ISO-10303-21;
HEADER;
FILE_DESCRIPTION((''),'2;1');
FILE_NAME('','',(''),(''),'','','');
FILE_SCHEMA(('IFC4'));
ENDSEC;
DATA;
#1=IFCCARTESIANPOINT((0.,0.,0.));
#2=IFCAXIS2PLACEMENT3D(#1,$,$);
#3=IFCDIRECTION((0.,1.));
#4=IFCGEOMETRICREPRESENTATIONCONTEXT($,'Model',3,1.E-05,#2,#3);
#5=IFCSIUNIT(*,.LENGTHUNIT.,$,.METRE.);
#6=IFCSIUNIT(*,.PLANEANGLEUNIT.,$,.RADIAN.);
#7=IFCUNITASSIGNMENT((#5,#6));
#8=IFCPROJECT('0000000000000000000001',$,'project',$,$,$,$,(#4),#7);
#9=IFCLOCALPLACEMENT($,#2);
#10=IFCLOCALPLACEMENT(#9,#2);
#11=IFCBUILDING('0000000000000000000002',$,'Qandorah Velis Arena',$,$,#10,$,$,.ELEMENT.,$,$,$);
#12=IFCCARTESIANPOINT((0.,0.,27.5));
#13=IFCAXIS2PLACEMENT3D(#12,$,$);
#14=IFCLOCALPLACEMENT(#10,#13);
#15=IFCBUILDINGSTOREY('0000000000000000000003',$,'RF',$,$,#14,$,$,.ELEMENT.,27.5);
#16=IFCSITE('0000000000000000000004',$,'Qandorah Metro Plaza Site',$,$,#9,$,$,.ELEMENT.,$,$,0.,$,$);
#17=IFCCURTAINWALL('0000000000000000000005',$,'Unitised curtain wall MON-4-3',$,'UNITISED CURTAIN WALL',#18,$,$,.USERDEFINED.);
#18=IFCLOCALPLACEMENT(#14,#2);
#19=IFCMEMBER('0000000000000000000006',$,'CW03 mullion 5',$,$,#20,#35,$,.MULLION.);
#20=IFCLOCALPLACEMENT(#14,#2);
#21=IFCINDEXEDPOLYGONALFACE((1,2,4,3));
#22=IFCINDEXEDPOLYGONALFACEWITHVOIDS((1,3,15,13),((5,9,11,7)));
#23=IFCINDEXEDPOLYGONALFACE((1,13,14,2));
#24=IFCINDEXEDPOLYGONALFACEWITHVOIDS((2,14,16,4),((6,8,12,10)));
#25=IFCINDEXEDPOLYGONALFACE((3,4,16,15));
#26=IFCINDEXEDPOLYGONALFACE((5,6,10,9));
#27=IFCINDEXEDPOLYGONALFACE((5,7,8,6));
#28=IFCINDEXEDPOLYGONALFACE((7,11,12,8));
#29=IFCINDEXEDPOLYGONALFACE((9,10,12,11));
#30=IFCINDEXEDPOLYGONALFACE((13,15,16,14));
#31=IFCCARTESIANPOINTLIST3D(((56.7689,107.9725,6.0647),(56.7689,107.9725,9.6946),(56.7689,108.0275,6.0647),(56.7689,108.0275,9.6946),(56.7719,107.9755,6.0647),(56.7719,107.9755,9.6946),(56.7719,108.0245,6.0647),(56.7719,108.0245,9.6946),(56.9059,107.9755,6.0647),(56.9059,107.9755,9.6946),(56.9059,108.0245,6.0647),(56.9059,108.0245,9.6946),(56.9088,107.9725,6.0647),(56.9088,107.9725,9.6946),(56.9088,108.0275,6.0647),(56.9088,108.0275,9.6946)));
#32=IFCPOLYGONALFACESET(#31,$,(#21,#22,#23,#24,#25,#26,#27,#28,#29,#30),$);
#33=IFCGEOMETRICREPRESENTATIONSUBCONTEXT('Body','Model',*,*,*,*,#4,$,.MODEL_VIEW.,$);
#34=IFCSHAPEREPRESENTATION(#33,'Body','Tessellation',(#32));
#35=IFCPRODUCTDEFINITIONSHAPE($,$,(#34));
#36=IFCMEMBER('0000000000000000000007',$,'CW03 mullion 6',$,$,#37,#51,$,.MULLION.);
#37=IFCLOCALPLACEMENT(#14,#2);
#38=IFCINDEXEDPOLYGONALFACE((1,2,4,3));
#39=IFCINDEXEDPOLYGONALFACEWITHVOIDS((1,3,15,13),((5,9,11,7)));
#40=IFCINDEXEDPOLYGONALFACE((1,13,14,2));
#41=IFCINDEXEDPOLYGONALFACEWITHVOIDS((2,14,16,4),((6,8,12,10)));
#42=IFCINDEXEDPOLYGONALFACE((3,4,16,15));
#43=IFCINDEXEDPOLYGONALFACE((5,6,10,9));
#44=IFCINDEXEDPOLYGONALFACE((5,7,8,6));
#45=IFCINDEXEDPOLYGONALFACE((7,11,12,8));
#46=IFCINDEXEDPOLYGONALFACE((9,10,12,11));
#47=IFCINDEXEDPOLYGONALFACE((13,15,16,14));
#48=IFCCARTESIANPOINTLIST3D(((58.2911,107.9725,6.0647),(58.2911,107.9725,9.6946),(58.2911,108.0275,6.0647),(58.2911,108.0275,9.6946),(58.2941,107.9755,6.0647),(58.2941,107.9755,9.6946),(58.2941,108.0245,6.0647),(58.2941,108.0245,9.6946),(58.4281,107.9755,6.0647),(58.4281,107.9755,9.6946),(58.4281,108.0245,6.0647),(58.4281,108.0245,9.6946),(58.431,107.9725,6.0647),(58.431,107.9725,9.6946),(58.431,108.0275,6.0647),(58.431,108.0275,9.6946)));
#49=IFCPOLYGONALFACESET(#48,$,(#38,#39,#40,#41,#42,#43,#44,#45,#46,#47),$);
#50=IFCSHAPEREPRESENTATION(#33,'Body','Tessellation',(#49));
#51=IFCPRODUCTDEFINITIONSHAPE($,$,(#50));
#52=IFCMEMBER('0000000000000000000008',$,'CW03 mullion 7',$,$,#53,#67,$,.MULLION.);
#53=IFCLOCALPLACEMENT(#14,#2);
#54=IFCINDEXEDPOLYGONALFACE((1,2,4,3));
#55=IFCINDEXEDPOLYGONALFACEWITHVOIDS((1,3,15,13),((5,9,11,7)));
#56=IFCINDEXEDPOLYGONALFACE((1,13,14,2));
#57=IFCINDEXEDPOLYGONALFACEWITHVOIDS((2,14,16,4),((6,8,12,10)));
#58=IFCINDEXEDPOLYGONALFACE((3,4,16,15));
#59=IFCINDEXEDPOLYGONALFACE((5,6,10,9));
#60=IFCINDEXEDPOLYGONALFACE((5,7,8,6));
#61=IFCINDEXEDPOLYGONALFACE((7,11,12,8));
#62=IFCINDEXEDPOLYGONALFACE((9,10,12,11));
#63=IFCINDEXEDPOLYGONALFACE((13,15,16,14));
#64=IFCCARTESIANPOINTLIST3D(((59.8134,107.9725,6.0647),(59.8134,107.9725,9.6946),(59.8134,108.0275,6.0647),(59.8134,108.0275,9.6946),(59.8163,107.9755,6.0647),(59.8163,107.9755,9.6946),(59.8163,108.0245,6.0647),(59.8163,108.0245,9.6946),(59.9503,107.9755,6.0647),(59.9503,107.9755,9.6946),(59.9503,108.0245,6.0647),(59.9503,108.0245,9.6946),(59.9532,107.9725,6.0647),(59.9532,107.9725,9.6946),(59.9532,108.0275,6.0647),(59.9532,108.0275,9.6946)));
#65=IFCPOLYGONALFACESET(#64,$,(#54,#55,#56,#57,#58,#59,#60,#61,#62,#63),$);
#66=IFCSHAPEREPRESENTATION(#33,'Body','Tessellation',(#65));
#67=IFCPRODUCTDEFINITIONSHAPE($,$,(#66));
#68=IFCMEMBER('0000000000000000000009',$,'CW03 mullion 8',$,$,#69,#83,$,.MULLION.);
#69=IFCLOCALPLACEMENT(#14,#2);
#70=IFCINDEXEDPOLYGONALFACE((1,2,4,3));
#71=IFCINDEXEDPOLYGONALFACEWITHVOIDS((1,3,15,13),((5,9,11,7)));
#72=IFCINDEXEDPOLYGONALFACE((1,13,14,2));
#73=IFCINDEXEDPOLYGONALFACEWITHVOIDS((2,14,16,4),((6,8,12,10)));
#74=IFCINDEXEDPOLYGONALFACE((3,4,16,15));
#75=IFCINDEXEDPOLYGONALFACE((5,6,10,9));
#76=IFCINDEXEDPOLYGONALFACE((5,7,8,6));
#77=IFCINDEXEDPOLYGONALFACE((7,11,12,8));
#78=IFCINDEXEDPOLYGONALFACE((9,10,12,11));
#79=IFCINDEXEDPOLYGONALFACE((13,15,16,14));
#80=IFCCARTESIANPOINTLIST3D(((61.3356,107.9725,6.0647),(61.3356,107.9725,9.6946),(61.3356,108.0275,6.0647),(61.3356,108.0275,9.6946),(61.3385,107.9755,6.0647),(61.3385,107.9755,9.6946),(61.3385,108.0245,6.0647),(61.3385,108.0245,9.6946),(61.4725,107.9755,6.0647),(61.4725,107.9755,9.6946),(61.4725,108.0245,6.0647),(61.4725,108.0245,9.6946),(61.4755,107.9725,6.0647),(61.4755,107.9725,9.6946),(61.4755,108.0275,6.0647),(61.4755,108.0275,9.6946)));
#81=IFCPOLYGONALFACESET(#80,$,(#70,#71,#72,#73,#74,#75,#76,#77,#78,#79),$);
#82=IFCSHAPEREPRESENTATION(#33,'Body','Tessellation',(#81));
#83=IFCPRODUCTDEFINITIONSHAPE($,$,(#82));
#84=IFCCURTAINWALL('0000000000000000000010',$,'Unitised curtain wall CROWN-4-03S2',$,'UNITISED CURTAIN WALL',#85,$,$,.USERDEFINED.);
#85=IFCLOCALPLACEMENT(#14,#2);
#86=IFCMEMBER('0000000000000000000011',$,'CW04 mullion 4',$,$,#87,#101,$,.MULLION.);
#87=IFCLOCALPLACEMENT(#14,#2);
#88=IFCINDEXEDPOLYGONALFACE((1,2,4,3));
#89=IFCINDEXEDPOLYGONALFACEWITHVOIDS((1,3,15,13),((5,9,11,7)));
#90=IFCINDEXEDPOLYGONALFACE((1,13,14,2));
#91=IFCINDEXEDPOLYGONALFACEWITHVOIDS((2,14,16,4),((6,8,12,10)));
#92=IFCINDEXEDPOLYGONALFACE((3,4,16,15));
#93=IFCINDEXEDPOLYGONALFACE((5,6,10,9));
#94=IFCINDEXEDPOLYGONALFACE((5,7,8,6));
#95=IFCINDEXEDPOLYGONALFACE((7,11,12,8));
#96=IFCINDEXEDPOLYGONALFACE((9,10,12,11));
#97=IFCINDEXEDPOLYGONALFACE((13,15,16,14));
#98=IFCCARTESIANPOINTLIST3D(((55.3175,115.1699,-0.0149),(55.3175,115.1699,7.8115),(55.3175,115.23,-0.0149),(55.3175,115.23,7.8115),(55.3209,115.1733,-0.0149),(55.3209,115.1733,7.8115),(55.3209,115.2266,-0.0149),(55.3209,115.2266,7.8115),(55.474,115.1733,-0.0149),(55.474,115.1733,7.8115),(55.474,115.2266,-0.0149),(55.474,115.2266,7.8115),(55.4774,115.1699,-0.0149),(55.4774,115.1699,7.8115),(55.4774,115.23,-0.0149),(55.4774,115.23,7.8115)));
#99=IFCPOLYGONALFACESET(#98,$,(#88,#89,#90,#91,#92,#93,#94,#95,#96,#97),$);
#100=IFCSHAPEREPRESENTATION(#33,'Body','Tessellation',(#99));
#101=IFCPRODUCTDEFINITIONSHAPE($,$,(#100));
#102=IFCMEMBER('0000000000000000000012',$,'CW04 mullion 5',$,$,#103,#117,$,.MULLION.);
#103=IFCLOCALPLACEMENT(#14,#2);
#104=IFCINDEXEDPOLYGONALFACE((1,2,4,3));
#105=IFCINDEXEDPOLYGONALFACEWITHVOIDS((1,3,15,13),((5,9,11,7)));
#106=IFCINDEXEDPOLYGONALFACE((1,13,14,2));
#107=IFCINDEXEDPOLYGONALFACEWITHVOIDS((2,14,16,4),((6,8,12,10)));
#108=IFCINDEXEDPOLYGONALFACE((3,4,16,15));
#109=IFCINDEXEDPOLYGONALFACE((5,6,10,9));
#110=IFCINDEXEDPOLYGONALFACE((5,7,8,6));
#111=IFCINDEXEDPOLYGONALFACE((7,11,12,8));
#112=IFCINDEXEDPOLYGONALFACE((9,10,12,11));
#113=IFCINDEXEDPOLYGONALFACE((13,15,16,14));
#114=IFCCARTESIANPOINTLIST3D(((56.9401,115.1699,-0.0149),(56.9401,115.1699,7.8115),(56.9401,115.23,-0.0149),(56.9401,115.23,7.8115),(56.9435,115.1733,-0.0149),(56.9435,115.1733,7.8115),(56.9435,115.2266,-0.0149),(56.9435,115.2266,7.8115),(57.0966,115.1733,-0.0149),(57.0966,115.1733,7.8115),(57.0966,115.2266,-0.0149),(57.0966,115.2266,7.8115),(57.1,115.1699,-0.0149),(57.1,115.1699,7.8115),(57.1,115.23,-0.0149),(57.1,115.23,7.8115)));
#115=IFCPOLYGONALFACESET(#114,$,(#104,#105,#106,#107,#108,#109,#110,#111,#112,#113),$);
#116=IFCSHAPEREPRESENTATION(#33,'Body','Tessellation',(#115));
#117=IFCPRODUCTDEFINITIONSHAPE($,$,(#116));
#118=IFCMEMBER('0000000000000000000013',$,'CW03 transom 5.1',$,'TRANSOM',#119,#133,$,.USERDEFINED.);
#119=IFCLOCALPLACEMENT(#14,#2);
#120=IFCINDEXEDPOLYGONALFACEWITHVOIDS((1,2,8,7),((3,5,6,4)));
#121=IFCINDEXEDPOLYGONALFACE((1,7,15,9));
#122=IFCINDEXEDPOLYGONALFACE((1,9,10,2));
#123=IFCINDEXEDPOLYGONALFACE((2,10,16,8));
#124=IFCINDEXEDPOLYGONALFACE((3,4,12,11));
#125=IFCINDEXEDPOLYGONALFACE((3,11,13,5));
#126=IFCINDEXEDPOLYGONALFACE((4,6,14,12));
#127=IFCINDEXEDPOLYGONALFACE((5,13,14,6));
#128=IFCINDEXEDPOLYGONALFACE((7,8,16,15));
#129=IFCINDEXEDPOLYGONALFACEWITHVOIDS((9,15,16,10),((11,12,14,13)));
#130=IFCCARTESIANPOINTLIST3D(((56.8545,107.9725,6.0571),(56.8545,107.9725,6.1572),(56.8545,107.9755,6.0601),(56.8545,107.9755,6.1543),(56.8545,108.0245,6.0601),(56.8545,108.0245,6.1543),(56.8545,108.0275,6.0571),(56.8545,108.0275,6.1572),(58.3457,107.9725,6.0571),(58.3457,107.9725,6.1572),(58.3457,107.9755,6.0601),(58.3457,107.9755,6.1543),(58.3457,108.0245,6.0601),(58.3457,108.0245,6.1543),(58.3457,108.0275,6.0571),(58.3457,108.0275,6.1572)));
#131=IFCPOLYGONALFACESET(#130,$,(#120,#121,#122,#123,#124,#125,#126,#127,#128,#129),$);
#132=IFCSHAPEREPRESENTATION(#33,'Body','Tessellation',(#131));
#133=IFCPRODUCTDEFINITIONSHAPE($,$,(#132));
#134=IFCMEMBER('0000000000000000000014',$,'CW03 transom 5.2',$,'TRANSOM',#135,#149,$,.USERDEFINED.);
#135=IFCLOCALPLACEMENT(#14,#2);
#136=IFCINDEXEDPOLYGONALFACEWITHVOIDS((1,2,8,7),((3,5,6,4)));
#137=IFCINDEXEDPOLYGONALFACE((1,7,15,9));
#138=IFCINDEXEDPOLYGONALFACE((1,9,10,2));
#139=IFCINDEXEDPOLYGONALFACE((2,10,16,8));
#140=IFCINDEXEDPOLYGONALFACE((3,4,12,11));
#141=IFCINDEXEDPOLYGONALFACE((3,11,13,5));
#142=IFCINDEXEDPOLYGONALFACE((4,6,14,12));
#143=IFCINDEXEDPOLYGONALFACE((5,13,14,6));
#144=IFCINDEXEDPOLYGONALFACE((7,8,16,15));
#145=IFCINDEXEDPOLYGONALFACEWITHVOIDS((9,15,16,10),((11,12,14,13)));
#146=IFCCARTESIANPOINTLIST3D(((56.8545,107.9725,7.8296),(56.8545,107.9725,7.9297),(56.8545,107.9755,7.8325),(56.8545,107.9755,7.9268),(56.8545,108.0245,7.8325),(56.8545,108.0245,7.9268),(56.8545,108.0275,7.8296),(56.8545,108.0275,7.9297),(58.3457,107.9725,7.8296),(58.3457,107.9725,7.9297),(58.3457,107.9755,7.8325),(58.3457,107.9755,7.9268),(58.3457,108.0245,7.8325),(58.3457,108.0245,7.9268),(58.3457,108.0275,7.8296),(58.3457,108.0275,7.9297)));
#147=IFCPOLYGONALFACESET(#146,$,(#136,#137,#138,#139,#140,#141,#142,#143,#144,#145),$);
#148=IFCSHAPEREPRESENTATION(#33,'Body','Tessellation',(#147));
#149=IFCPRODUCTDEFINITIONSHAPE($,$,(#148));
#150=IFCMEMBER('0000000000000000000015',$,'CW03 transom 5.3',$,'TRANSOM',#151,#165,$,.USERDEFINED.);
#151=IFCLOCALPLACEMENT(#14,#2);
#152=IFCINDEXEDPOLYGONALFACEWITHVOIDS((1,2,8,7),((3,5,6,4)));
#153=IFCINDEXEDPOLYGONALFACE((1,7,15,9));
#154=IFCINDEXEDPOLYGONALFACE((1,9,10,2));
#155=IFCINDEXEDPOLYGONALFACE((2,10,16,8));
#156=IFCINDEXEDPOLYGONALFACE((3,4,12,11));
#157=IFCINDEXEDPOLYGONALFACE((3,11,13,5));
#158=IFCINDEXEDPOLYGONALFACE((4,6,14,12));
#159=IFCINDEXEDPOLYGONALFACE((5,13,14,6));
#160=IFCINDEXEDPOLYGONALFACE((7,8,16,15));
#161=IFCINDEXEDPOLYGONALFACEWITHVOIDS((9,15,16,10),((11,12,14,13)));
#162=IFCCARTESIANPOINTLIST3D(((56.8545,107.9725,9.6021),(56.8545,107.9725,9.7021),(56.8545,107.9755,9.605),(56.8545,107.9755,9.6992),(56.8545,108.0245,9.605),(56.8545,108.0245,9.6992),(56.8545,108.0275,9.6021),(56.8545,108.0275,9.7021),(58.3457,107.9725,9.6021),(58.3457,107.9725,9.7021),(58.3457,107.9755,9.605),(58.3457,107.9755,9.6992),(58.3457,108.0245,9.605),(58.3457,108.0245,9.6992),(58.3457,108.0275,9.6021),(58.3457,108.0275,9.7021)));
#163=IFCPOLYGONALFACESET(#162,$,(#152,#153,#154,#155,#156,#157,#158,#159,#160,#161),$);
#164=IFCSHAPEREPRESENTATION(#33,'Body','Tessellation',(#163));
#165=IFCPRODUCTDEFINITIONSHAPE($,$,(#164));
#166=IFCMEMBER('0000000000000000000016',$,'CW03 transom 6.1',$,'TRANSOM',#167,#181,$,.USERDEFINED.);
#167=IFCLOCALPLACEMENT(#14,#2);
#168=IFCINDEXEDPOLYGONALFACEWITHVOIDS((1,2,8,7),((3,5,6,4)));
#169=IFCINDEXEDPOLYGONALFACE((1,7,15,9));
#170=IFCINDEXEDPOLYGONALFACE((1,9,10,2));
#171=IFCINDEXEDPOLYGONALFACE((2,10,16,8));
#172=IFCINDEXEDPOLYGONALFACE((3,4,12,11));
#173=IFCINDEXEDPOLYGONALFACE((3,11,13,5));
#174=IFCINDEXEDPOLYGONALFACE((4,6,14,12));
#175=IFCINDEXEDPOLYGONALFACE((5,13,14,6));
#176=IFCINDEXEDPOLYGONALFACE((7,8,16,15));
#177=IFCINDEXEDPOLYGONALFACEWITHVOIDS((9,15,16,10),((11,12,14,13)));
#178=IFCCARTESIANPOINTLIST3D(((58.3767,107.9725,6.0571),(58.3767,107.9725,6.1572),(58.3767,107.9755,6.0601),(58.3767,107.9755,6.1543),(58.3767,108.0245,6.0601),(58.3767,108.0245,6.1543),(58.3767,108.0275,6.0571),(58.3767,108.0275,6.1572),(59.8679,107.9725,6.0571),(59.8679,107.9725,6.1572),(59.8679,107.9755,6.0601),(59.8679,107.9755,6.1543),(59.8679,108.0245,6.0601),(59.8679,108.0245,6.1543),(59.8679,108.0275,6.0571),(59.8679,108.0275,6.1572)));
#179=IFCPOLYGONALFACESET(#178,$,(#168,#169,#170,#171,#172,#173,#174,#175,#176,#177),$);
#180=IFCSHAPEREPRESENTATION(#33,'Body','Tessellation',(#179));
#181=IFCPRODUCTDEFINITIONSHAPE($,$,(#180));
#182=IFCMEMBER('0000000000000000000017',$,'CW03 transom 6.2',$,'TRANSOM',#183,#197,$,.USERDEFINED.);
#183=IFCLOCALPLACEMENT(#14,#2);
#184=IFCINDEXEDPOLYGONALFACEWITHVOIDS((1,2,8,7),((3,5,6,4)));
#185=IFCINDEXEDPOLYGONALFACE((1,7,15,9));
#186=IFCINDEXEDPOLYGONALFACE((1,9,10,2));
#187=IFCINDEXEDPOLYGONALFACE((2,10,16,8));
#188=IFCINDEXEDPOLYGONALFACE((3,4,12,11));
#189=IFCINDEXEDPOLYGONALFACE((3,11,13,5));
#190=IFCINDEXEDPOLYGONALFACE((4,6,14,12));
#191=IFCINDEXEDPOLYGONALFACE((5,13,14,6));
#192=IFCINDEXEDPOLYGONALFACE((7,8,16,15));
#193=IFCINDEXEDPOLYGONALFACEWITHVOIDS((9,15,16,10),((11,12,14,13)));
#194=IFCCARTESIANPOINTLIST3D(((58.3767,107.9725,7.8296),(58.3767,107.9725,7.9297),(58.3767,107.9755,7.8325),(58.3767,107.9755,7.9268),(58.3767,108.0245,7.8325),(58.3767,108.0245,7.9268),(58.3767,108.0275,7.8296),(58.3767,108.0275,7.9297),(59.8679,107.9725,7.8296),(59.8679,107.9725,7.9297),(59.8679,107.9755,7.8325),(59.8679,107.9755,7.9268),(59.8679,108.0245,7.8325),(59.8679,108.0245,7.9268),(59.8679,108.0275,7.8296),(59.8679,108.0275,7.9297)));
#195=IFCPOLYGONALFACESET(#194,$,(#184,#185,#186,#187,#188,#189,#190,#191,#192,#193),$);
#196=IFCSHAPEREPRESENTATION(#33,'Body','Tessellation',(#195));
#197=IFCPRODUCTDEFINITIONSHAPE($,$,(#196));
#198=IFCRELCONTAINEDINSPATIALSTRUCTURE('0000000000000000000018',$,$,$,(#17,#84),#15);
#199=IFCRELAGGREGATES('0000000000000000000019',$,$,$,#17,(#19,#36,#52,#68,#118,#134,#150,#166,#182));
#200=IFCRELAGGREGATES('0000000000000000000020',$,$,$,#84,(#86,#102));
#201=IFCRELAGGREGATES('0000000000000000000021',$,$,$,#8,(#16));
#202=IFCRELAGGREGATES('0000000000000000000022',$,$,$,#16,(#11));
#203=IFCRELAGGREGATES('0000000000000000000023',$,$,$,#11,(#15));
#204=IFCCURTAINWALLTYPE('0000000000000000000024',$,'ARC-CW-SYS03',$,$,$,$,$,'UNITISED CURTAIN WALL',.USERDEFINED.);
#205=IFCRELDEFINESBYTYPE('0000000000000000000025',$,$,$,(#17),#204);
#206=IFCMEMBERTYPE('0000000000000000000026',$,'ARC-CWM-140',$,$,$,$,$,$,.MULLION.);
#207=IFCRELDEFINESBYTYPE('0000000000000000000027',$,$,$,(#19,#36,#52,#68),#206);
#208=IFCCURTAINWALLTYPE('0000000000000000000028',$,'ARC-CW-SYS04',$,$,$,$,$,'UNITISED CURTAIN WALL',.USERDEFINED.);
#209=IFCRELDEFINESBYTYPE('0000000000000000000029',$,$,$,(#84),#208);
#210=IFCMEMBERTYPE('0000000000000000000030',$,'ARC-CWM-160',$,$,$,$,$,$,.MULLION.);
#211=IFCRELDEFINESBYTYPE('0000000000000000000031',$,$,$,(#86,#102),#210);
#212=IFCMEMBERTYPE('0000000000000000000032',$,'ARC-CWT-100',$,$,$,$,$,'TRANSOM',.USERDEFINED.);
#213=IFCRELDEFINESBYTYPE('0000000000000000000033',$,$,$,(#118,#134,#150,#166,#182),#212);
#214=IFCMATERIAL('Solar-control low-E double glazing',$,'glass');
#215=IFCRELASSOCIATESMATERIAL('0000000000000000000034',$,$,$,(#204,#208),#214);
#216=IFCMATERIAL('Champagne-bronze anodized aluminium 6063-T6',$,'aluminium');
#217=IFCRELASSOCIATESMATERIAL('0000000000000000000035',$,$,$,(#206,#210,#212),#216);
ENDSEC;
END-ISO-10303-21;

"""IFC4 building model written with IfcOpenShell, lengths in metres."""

from ifc_helpers import new_model, si_unit, direction, frame, origin, origin_2d, place, context, subcontext, project, spatial, hollow_rectangle, extrude, material, material_profile, profile_set, type_object, element, aggregate, save


model = new_model("IFC4")

# Units and contexts
model_context = context("Model", 3, precision=1e-05, world=origin(), true_north=direction((0.0, 1.0)))
body_context = subcontext(model_context, "Body", "Model", "MODEL_VIEW")
ifc_project = project(units=[si_unit("LENGTHUNIT", "METRE"), si_unit("PLANEANGLEUNIT", "RADIAN")], contexts=[model_context])

# Site, building, storey
site_placement = place(None, origin())
site = spatial("IfcSite", under=ifc_project, at=site_placement, Name="Qandorah Metro Plaza Site", CompositionType="ELEMENT", RefElevation=0.0)
building_placement = place(site_placement, origin())
building = spatial("IfcBuilding", under=site, at=building_placement, Name="Qandorah Velis Arena", CompositionType="ELEMENT")
storey_placement = place(building_placement, frame((0.0, 0.0, 27.5)))
storey = spatial("IfcBuildingStorey", under=building, at=storey_placement, Name="RF", CompositionType="ELEMENT", Elevation=27.5)

# Curtain walls, members
ifc_material_1 = material(Name="Solar-control low-E double glazing", Category="glass")
curtain_wall_type_1 = type_object("IfcCurtainWallType", Name="ARC-CW-SYS03", ElementType="UNITISED CURTAIN WALL", PredefinedType="USERDEFINED", material=ifc_material_1)
curtain_wall_1_placement = place(storey_placement, origin())
curtain_wall_1 = element("IfcCurtainWall", 1, at=curtain_wall_1_placement, inside=storey, type_object=curtain_wall_type_1, Name="Unitised curtain wall MON-4-3", ObjectType="UNITISED CURTAIN WALL", PredefinedType="USERDEFINED")
ifc_material_2 = material(Name="Champagne-bronze anodized aluminium 6063-T6", Category="aluminium")
ifc_material_profile_1 = material_profile(ifc_material_2, hollow_rectangle(XDim=0.0549, YDim=0.1399, WallThickness=0.0029, at=origin_2d()), Name="ALU MULLION 55x140")
ifc_profile_set_1 = profile_set([ifc_material_profile_1], Name="Champagne-bronze anodized aluminium 6063-T6")
member_type_1 = type_object("IfcMemberType", Name="ARC-CWM-140", PredefinedType="MULLION", material=ifc_profile_set_1)
member_1_placement = place(storey_placement, frame((56.8389, 108.0, 6.0647), z_axis=(0.0, 0.0, 1.0), x_axis=(0.0, 1.0, 0.0)))
member_1 = element("IfcMember", 2, at=member_1_placement, type_object=member_type_1, Name="CW03 mullion 5", PredefinedType="MULLION", context=body_context, shape_type="SweptSolid", body=[
    extrude(hollow_rectangle(XDim=0.0549, YDim=0.1399, WallThickness=0.0029, at=origin_2d()), origin(), (0.0, 0.0, 1.0), 3.6299),
])
member_2_placement = place(storey_placement, frame((58.3611, 108.0, 6.0647), z_axis=(0.0, 0.0, 1.0), x_axis=(0.0, 1.0, 0.0)))
member_2 = element("IfcMember", 3, at=member_2_placement, type_object=member_type_1, Name="CW03 mullion 6", PredefinedType="MULLION", context=body_context, shape_type="SweptSolid", body=[
    extrude(hollow_rectangle(XDim=0.0549, YDim=0.1399, WallThickness=0.0029, at=origin_2d()), origin(), (0.0, 0.0, 1.0), 3.6299),
])
member_3_placement = place(storey_placement, frame((59.8833, 108.0, 6.0647), z_axis=(0.0, 0.0, 1.0), x_axis=(0.0, 1.0, 0.0)))
member_3 = element("IfcMember", 4, at=member_3_placement, type_object=member_type_1, Name="CW03 mullion 7", PredefinedType="MULLION", context=body_context, shape_type="SweptSolid", body=[
    extrude(hollow_rectangle(XDim=0.0549, YDim=0.1399, WallThickness=0.0029, at=origin_2d()), origin(), (0.0, 0.0, 1.0), 3.6299),
])
member_4_placement = place(storey_placement, frame((61.4055, 108.0, 6.0647), z_axis=(0.0, 0.0, 1.0), x_axis=(0.0, 1.0, 0.0)))
member_4 = element("IfcMember", 5, at=member_4_placement, type_object=member_type_1, Name="CW03 mullion 8", PredefinedType="MULLION", context=body_context, shape_type="SweptSolid", body=[
    extrude(hollow_rectangle(XDim=0.0549, YDim=0.1399, WallThickness=0.0029, at=origin_2d()), origin(), (0.0, 0.0, 1.0), 3.6299),
])
curtain_wall_type_2 = type_object("IfcCurtainWallType", Name="ARC-CW-SYS04", ElementType="UNITISED CURTAIN WALL", PredefinedType="USERDEFINED", material=ifc_material_1)
curtain_wall_2_placement = place(storey_placement, origin())
curtain_wall_2 = element("IfcCurtainWall", 6, at=curtain_wall_2_placement, inside=storey, type_object=curtain_wall_type_2, Name="Unitised curtain wall CROWN-4-03S2", ObjectType="UNITISED CURTAIN WALL", PredefinedType="USERDEFINED")
ifc_material_profile_2 = material_profile(ifc_material_2, hollow_rectangle(XDim=0.0601, YDim=0.1599, WallThickness=0.0034, at=origin_2d()), Name="ALU MULLION 60x160")
ifc_profile_set_2 = profile_set([ifc_material_profile_2], Name="Champagne-bronze anodized aluminium 6063-T6")
member_type_2 = type_object("IfcMemberType", Name="ARC-CWM-160", PredefinedType="MULLION", material=ifc_profile_set_2)
member_5_placement = place(storey_placement, frame((55.3975, 115.2, -0.0149), z_axis=(0.0, 0.0, 1.0), x_axis=(0.0, 1.0, 0.0)))
member_5 = element("IfcMember", 7, at=member_5_placement, type_object=member_type_2, Name="CW04 mullion 4", PredefinedType="MULLION", context=body_context, shape_type="SweptSolid", body=[
    extrude(hollow_rectangle(XDim=0.0601, YDim=0.1599, WallThickness=0.0034, at=origin_2d()), origin(), (0.0, 0.0, 1.0), 7.8264),
])
member_6_placement = place(storey_placement, frame((57.02, 115.2, -0.0149), z_axis=(0.0, 0.0, 1.0), x_axis=(0.0, 1.0, 0.0)))
member_6 = element("IfcMember", 8, at=member_6_placement, type_object=member_type_2, Name="CW04 mullion 5", PredefinedType="MULLION", context=body_context, shape_type="SweptSolid", body=[
    extrude(hollow_rectangle(XDim=0.0601, YDim=0.1599, WallThickness=0.0034, at=origin_2d()), origin(), (0.0, 0.0, 1.0), 7.8264),
])

# Members
ifc_material_profile_3 = material_profile(ifc_material_2, hollow_rectangle(XDim=0.0549, YDim=0.1001, WallThickness=0.0029, at=origin_2d()), Name="ALU TRANSOM 55x100")
ifc_profile_set_3 = profile_set([ifc_material_profile_3], Name="Champagne-bronze anodized aluminium 6063-T6")
member_type_3 = type_object("IfcMemberType", Name="ARC-CWT-100", ElementType="TRANSOM", PredefinedType="USERDEFINED", material=ifc_profile_set_3)
member_7_placement = place(storey_placement, frame((56.8545, 108.0, 6.1072), z_axis=(1.0, 0.0, 0.0), x_axis=(0.0, 1.0, 0.0)))
member_7 = element("IfcMember", 9, at=member_7_placement, type_object=member_type_3, Name="CW03 transom 5.1", ObjectType="TRANSOM", PredefinedType="USERDEFINED", context=body_context, shape_type="SweptSolid", body=[
    extrude(hollow_rectangle(XDim=0.0549, YDim=0.1001, WallThickness=0.0029, at=origin_2d()), origin(), (0.0, 0.0, 1.0), 1.4912),
])
member_8_placement = place(storey_placement, frame((56.8545, 108.0, 7.8796), z_axis=(1.0, 0.0, 0.0), x_axis=(0.0, 1.0, 0.0)))
member_8 = element("IfcMember", 10, at=member_8_placement, type_object=member_type_3, Name="CW03 transom 5.2", ObjectType="TRANSOM", PredefinedType="USERDEFINED", context=body_context, shape_type="SweptSolid", body=[
    extrude(hollow_rectangle(XDim=0.0549, YDim=0.1001, WallThickness=0.0029, at=origin_2d()), origin(), (0.0, 0.0, 1.0), 1.4912),
])
member_9_placement = place(storey_placement, frame((56.8545, 108.0, 9.6521), z_axis=(1.0, 0.0, 0.0), x_axis=(0.0, 1.0, 0.0)))
member_9 = element("IfcMember", 11, at=member_9_placement, type_object=member_type_3, Name="CW03 transom 5.3", ObjectType="TRANSOM", PredefinedType="USERDEFINED", context=body_context, shape_type="SweptSolid", body=[
    extrude(hollow_rectangle(XDim=0.0549, YDim=0.1001, WallThickness=0.0029, at=origin_2d()), origin(), (0.0, 0.0, 1.0), 1.4912),
])
member_10_placement = place(storey_placement, frame((58.3767, 108.0, 6.1072), z_axis=(1.0, 0.0, 0.0), x_axis=(0.0, 1.0, 0.0)))
member_10 = element("IfcMember", 12, at=member_10_placement, type_object=member_type_3, Name="CW03 transom 6.1", ObjectType="TRANSOM", PredefinedType="USERDEFINED", context=body_context, shape_type="SweptSolid", body=[
    extrude(hollow_rectangle(XDim=0.0549, YDim=0.1001, WallThickness=0.0029, at=origin_2d()), origin(), (0.0, 0.0, 1.0), 1.4912),
])
member_11_placement = place(storey_placement, frame((58.3767, 108.0, 7.8796), z_axis=(1.0, 0.0, 0.0), x_axis=(0.0, 1.0, 0.0)))
member_11 = element("IfcMember", 13, at=member_11_placement, type_object=member_type_3, Name="CW03 transom 6.2", ObjectType="TRANSOM", PredefinedType="USERDEFINED", context=body_context, shape_type="SweptSolid", body=[
    extrude(hollow_rectangle(XDim=0.0549, YDim=0.1001, WallThickness=0.0029, at=origin_2d()), origin(), (0.0, 0.0, 1.0), 1.4912),
])

aggregate(curtain_wall_1, [member_1, member_2, member_3, member_4, member_7, member_8, member_9, member_10, member_11])
aggregate(curtain_wall_2, [member_5, member_6])

save(model, "model.ifc")
